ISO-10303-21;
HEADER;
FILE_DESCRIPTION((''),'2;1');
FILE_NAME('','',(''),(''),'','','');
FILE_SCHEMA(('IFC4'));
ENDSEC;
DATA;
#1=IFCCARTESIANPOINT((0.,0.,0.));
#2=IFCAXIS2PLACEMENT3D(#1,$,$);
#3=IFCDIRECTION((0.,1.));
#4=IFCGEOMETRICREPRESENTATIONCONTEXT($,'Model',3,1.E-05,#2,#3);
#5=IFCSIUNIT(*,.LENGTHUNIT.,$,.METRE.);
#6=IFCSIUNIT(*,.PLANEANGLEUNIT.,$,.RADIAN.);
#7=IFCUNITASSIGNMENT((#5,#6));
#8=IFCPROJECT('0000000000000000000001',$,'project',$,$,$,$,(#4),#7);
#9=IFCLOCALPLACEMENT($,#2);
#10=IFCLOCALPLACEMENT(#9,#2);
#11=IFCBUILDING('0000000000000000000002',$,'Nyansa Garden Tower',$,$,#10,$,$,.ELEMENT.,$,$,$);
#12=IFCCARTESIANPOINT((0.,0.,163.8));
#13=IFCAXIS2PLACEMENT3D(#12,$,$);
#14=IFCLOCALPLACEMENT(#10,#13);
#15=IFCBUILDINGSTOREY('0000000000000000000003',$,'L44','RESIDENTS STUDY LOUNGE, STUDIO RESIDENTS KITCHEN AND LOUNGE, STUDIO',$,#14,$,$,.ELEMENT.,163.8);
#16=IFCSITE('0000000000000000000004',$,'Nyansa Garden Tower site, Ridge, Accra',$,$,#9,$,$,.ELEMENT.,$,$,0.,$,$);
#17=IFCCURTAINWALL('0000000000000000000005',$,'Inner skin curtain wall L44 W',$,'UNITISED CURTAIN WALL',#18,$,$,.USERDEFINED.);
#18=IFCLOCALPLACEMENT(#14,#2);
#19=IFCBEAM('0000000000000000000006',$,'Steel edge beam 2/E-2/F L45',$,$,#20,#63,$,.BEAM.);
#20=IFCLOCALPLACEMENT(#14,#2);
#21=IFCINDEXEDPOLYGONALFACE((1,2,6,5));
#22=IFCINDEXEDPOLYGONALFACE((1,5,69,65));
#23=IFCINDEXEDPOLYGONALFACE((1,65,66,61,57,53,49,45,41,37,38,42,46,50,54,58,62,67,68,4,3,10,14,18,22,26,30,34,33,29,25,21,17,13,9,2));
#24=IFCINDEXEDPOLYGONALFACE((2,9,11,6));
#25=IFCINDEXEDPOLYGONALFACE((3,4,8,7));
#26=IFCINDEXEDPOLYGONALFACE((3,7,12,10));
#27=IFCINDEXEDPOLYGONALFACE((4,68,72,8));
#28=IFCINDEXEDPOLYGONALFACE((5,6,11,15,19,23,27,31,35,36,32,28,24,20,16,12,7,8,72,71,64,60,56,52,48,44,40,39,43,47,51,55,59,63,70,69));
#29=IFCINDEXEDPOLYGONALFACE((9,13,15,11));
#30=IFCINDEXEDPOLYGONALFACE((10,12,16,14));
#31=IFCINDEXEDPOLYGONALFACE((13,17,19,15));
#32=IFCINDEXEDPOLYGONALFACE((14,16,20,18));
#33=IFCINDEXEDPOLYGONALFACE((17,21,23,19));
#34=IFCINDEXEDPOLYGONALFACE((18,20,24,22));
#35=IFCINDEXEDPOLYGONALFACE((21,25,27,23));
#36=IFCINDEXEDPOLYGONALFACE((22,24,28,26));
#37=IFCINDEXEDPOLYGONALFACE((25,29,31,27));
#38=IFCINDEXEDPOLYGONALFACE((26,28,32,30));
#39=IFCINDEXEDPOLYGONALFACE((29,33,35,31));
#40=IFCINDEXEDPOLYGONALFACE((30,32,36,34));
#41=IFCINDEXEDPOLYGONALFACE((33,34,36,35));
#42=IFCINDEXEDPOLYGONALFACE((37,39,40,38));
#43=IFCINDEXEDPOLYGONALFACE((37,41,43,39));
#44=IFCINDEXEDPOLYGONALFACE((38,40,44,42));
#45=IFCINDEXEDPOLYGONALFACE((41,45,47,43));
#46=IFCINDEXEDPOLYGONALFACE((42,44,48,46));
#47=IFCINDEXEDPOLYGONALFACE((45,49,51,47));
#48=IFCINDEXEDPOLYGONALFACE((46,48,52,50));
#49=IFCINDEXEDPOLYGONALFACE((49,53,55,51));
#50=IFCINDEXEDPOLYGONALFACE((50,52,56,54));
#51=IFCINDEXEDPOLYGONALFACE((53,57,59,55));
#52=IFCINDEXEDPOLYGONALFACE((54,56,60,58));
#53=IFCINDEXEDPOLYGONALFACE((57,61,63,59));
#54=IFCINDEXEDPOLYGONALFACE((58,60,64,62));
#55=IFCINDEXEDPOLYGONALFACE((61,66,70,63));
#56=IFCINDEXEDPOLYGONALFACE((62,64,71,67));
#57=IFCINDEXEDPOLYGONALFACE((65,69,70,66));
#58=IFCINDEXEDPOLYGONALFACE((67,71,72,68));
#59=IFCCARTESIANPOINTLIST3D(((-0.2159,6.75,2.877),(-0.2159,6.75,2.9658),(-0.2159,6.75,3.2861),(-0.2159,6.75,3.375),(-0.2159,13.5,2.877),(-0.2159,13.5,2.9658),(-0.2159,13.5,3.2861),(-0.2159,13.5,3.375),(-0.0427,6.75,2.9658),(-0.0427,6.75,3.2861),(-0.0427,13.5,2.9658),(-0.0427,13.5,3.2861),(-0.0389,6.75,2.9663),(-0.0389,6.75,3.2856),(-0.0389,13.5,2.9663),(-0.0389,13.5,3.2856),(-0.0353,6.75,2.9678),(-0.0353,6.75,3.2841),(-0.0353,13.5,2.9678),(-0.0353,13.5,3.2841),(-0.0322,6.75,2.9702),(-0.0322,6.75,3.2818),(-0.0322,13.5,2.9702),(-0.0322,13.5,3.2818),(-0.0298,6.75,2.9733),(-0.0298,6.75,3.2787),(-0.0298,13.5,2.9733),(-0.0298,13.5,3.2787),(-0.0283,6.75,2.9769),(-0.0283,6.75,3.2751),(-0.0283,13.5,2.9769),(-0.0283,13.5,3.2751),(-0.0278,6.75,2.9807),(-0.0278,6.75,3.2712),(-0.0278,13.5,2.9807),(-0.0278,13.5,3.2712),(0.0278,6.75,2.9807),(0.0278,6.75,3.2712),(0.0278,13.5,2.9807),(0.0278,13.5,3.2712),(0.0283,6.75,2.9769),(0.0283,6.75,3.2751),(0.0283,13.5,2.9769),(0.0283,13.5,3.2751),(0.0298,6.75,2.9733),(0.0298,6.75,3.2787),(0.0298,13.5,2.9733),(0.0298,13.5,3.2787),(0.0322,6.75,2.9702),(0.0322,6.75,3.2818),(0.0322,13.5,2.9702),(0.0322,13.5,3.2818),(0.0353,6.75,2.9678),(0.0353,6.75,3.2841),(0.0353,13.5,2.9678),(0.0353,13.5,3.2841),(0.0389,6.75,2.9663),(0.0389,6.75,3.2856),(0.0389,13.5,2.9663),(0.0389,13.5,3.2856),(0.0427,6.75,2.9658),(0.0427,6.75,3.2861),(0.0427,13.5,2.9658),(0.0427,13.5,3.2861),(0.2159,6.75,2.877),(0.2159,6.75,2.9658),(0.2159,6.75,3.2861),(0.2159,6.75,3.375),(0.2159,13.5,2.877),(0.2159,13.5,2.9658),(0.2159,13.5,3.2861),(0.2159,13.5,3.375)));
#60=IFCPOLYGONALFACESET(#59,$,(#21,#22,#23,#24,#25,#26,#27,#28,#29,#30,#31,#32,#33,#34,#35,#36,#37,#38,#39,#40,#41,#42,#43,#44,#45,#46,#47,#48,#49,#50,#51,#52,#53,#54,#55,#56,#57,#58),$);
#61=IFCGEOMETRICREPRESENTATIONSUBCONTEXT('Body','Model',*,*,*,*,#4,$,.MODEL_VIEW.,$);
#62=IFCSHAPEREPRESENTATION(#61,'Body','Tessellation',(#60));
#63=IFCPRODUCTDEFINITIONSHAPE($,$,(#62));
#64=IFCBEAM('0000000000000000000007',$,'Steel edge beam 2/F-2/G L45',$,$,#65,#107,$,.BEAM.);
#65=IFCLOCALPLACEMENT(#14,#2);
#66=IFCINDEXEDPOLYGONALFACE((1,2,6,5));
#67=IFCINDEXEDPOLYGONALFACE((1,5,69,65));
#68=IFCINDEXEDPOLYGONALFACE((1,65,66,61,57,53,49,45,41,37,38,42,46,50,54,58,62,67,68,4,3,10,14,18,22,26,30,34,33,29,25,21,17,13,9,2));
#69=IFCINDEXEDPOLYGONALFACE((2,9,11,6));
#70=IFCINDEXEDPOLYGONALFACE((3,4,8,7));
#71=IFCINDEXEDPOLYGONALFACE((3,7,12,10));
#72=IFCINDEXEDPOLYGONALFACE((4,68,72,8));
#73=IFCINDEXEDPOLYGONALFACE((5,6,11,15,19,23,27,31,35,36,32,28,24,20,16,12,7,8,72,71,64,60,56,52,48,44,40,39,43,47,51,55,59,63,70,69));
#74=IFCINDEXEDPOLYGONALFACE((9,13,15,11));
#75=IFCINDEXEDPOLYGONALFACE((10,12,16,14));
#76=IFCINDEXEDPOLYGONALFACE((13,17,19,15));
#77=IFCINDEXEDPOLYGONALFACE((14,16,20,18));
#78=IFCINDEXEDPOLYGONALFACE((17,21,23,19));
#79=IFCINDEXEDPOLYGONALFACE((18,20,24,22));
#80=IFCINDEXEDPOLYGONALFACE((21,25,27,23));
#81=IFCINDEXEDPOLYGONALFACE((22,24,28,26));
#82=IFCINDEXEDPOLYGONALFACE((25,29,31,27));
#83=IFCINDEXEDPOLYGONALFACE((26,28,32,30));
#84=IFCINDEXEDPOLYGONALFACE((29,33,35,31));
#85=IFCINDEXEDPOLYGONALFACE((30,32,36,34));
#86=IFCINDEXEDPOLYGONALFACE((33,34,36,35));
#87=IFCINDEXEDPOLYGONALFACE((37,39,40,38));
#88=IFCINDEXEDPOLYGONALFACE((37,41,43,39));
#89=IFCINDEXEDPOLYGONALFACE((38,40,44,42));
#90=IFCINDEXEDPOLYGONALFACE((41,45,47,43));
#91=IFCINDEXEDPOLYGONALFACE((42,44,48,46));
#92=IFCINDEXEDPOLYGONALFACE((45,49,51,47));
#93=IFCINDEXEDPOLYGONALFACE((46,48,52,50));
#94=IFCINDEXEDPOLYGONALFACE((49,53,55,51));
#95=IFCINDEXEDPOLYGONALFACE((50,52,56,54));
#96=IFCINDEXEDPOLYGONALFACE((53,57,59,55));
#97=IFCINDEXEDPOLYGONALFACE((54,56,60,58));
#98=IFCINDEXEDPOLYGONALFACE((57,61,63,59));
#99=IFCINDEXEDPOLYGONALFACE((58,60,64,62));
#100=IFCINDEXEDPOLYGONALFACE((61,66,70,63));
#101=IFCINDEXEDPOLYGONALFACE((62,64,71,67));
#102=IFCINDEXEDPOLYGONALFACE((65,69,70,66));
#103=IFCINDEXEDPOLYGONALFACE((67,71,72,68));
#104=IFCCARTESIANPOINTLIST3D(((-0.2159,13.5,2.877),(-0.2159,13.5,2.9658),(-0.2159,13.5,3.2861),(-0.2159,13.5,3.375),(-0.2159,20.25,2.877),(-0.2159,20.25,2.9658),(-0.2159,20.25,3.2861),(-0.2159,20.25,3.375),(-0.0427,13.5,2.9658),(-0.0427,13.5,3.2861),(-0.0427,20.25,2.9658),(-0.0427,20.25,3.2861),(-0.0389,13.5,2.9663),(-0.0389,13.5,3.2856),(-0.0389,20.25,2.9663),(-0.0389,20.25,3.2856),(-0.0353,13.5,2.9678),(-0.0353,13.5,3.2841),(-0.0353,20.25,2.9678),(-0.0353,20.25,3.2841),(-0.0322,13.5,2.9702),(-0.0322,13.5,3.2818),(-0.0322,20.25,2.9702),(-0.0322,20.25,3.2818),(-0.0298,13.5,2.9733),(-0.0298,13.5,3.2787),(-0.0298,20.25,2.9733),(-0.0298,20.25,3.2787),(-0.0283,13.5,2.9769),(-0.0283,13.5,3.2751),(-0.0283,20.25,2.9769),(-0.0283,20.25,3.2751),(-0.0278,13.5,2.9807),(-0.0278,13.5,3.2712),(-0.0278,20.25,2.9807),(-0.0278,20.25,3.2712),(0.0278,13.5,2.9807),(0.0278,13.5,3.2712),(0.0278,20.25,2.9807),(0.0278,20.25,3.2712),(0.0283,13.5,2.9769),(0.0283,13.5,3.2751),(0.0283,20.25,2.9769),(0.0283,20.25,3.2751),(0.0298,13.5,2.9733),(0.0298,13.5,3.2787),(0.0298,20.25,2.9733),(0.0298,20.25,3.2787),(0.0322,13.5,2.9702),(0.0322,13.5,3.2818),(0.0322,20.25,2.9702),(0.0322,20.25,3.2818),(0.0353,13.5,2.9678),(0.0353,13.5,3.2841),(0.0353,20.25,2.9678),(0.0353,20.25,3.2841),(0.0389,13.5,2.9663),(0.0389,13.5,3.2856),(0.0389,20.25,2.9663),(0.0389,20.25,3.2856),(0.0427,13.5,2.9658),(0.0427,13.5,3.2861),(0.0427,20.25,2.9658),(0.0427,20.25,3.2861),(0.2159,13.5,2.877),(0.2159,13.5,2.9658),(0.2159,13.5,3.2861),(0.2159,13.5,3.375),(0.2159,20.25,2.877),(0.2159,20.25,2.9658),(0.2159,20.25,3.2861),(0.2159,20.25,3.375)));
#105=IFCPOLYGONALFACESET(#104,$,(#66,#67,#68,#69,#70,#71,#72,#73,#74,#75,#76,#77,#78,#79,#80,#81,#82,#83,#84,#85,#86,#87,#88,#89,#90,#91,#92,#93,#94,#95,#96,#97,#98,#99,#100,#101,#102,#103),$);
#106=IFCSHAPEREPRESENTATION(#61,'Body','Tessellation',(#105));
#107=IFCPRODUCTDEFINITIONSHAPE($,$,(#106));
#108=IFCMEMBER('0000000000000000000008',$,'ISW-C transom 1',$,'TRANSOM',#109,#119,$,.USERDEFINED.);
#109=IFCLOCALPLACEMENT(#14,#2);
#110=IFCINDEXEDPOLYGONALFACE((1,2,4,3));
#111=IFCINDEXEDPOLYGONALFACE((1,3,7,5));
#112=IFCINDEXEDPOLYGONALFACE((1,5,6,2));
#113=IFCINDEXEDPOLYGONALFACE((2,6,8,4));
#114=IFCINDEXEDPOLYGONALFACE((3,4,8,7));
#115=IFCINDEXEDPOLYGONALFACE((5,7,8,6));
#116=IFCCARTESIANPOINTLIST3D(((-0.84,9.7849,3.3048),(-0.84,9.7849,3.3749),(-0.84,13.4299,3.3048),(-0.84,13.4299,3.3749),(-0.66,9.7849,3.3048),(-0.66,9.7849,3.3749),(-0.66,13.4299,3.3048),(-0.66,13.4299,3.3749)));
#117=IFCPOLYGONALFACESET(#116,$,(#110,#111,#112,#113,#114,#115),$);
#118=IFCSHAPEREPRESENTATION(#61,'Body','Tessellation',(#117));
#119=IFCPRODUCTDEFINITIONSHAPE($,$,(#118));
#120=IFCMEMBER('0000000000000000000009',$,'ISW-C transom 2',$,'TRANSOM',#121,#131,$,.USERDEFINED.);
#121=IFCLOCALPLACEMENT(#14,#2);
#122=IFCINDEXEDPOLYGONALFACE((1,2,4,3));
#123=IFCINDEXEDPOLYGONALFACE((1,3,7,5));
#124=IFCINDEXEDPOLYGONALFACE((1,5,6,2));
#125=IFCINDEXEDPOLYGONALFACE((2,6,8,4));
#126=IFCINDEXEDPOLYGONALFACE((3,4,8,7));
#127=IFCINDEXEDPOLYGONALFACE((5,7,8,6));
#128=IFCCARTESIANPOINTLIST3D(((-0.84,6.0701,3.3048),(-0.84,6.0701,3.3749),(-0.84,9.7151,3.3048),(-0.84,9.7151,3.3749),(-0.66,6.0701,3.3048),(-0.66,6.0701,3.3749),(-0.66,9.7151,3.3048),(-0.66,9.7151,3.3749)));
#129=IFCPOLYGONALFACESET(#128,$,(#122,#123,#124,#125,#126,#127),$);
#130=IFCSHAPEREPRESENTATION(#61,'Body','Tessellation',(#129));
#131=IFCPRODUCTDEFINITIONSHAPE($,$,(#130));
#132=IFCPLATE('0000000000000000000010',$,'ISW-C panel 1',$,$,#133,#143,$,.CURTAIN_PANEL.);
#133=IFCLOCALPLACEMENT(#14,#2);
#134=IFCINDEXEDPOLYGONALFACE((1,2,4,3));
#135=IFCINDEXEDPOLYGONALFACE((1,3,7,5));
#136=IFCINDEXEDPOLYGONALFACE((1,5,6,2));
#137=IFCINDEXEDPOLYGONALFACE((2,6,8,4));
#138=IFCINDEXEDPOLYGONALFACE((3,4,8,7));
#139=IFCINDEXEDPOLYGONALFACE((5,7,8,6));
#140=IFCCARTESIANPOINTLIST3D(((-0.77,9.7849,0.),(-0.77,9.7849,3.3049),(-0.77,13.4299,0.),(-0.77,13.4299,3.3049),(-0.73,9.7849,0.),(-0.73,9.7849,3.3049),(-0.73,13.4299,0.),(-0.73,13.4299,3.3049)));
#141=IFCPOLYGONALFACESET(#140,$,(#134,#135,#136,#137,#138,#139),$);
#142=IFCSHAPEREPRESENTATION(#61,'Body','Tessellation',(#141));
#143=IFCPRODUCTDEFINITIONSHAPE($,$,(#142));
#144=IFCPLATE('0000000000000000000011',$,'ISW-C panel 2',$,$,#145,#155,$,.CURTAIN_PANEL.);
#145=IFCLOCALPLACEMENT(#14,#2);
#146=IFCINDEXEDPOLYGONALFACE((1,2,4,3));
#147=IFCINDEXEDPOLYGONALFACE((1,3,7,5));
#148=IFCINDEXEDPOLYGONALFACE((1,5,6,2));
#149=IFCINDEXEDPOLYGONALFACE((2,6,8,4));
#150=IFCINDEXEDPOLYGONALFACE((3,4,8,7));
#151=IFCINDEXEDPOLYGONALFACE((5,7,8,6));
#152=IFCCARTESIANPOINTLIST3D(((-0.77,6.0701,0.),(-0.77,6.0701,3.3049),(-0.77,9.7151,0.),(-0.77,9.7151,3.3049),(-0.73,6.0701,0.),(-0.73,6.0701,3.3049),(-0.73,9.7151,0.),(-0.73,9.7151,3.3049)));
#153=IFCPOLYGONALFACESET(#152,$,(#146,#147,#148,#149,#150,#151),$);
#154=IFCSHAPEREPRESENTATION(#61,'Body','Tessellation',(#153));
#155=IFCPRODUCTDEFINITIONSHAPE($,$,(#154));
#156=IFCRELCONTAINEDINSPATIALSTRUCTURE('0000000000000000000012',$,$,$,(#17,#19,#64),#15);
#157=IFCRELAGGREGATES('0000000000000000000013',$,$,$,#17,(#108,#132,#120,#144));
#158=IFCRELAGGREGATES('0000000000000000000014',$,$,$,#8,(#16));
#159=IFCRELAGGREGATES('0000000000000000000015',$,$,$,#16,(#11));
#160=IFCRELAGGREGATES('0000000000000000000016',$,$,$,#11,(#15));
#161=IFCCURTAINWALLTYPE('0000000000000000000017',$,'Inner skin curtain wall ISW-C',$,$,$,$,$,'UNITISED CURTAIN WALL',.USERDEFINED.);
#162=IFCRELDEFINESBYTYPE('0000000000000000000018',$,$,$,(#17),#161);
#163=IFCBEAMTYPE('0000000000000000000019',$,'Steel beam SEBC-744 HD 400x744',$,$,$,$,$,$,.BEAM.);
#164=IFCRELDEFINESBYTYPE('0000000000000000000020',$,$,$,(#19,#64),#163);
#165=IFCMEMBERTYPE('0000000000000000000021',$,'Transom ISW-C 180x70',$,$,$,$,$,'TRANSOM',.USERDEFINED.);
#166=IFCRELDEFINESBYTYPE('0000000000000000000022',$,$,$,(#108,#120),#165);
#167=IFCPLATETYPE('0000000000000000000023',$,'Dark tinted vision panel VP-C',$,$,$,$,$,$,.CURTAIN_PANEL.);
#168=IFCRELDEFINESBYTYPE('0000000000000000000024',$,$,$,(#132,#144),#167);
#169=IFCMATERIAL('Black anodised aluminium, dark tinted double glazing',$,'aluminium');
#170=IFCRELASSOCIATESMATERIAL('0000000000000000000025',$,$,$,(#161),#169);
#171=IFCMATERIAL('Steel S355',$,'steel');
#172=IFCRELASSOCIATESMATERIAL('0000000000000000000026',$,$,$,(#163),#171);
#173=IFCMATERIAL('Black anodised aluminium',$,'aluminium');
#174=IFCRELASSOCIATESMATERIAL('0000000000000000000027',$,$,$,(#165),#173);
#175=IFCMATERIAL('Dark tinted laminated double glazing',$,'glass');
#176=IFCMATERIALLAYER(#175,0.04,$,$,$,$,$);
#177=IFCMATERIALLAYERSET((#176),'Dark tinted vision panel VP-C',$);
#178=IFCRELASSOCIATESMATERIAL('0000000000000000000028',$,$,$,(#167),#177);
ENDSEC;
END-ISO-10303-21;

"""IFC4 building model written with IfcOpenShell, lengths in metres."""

from ifc_helpers import new_model, si_unit, direction, frame, origin, origin_2d, place, context, subcontext, project, spatial, rectangle, i_section, extrude, material, layer, layer_set, material_profile, profile_set, type_object, element, aggregate, save


model = new_model("IFC4")

# Units and contexts
model_context = context("Model", 3, precision=1e-05, world=origin(), true_north=direction((0.0, 1.0)))
body_context = subcontext(model_context, "Body", "Model", "MODEL_VIEW")
ifc_project = project(units=[si_unit("LENGTHUNIT", "METRE"), si_unit("PLANEANGLEUNIT", "RADIAN")], contexts=[model_context])

# Site, building, storey
site_placement = place(None, origin())
site = spatial("IfcSite", under=ifc_project, at=site_placement, Name="Nyansa Garden Tower site, Ridge, Accra", CompositionType="ELEMENT", RefElevation=0.0)
building_placement = place(site_placement, origin())
building = spatial("IfcBuilding", under=site, at=building_placement, Name="Nyansa Garden Tower", CompositionType="ELEMENT")
storey_placement = place(building_placement, frame((0.0, 0.0, 163.8)))
storey = spatial("IfcBuildingStorey", under=building, at=storey_placement, Name="L44", Description="RESIDENTS STUDY LOUNGE, STUDIO RESIDENTS KITCHEN AND LOUNGE, STUDIO", CompositionType="ELEMENT", Elevation=163.8)

# Curtain wall
ifc_material_1 = material(Name="Black anodised aluminium, dark tinted double glazing", Category="aluminium")
curtain_wall_type = type_object("IfcCurtainWallType", Name="Inner skin curtain wall ISW-C", ElementType="UNITISED CURTAIN WALL", PredefinedType="USERDEFINED", material=ifc_material_1)
curtain_wall_placement = place(storey_placement, origin())
curtain_wall = element("IfcCurtainWall", 1, at=curtain_wall_placement, inside=storey, type_object=curtain_wall_type, Name="Inner skin curtain wall L44 W", ObjectType="UNITISED CURTAIN WALL", PredefinedType="USERDEFINED")

# Beams
ifc_material_2 = material(Name="Steel S355", Category="steel")
ifc_material_profile_1 = material_profile(ifc_material_2, i_section(OverallWidth=0.4319, OverallDepth=0.498, WebThickness=0.0557, FlangeThickness=0.0889, FilletRadius=0.0149, at=origin_2d()), Name="HD 400x744")
ifc_profile_set_1 = profile_set([ifc_material_profile_1], Name="Steel S355")
beam_type_1 = type_object("IfcBeamType", Name="Steel beam SEBC-744 HD 400x744", PredefinedType="BEAM", material=ifc_profile_set_1)
for number, where, z_axis, x_axis, name in (
    (2, (0.0, 6.75, 3.126), (0.0, 1.0, 0.0), (-1.0, 0.0, 0.0), "Steel edge beam 2/E-2/F L45"),
    (3, (0.0, 13.5, 3.126), (0.0, 1.0, 0.0), (-1.0, 0.0, 0.0), "Steel edge beam 2/F-2/G L45"),
):
    element("IfcBeam", number, at=place(storey_placement, frame(where, z_axis=z_axis, x_axis=x_axis)), inside=storey, type_object=beam_type_1, Name=name, PredefinedType="BEAM", context=body_context, shape_type="SweptSolid", body=[
        extrude(i_section(OverallWidth=0.4319, OverallDepth=0.498, WebThickness=0.0557, FlangeThickness=0.0889, FilletRadius=0.0149, at=origin_2d()), origin(), (0.0, 0.0, 1.0), 6.75),
    ])

# Members
ifc_material_3 = material(Name="Black anodised aluminium", Category="aluminium")
ifc_material_profile_2 = material_profile(ifc_material_3, rectangle(XDim=0.1799, YDim=0.0701, at=origin_2d()), Name="Transom 180x70")
ifc_profile_set_2 = profile_set([ifc_material_profile_2], Name="Black anodised aluminium")
member_type_1 = type_object("IfcMemberType", Name="Transom ISW-C 180x70", ElementType="TRANSOM", PredefinedType="USERDEFINED", material=ifc_profile_set_2)
member_1_placement = place(storey_placement, frame((-0.75, 13.4299, 3.3398), z_axis=(0.0, -1.0, 0.0), x_axis=(1.0, 0.0, 0.0)))
member_1 = element("IfcMember", 4, at=member_1_placement, type_object=member_type_1, Name="ISW-C transom 1", ObjectType="TRANSOM", PredefinedType="USERDEFINED", context=body_context, shape_type="SweptSolid", body=[
    extrude(rectangle(XDim=0.1799, YDim=0.0701, at=origin_2d()), origin(), (0.0, 0.0, 1.0), 3.645),
])
member_2_placement = place(storey_placement, frame((-0.75, 9.7151, 3.3398), z_axis=(0.0, -1.0, 0.0), x_axis=(1.0, 0.0, 0.0)))
member_2 = element("IfcMember", 5, at=member_2_placement, type_object=member_type_1, Name="ISW-C transom 2", ObjectType="TRANSOM", PredefinedType="USERDEFINED", context=body_context, shape_type="SweptSolid", body=[
    extrude(rectangle(XDim=0.1799, YDim=0.0701, at=origin_2d()), origin(), (0.0, 0.0, 1.0), 3.645),
])

# Plates
ifc_material_4 = material(Name="Dark tinted laminated double glazing", Category="glass")
ifc_layer_1 = layer(ifc_material_4, 0.04)
ifc_layer_set_1 = layer_set([ifc_layer_1], Name="Dark tinted vision panel VP-C")
plate_type = type_object("IfcPlateType", Name="Dark tinted vision panel VP-C", PredefinedType="CURTAIN_PANEL", material=ifc_layer_set_1)
plate_1_placement = place(storey_placement, frame((-0.75, 11.6074, 0.0), z_axis=(0.0, 0.0, 1.0), x_axis=(0.0, -1.0, 0.0)))
plate_1 = element("IfcPlate", 6, at=plate_1_placement, type_object=plate_type, Name="ISW-C panel 1", PredefinedType="CURTAIN_PANEL", context=body_context, shape_type="SweptSolid", body=[
    extrude(rectangle(XDim=3.645, YDim=0.04, at=origin_2d()), origin(), (0.0, 0.0, 1.0), 3.3049),
])
plate_2_placement = place(storey_placement, frame((-0.75, 7.8926, 0.0), z_axis=(0.0, 0.0, 1.0), x_axis=(0.0, -1.0, 0.0)))
plate_2 = element("IfcPlate", 7, at=plate_2_placement, type_object=plate_type, Name="ISW-C panel 2", PredefinedType="CURTAIN_PANEL", context=body_context, shape_type="SweptSolid", body=[
    extrude(rectangle(XDim=3.645, YDim=0.04, at=origin_2d()), origin(), (0.0, 0.0, 1.0), 3.3049),
])
aggregate(curtain_wall, [member_1, plate_1, member_2, plate_2])

save(model, "model.ifc")
